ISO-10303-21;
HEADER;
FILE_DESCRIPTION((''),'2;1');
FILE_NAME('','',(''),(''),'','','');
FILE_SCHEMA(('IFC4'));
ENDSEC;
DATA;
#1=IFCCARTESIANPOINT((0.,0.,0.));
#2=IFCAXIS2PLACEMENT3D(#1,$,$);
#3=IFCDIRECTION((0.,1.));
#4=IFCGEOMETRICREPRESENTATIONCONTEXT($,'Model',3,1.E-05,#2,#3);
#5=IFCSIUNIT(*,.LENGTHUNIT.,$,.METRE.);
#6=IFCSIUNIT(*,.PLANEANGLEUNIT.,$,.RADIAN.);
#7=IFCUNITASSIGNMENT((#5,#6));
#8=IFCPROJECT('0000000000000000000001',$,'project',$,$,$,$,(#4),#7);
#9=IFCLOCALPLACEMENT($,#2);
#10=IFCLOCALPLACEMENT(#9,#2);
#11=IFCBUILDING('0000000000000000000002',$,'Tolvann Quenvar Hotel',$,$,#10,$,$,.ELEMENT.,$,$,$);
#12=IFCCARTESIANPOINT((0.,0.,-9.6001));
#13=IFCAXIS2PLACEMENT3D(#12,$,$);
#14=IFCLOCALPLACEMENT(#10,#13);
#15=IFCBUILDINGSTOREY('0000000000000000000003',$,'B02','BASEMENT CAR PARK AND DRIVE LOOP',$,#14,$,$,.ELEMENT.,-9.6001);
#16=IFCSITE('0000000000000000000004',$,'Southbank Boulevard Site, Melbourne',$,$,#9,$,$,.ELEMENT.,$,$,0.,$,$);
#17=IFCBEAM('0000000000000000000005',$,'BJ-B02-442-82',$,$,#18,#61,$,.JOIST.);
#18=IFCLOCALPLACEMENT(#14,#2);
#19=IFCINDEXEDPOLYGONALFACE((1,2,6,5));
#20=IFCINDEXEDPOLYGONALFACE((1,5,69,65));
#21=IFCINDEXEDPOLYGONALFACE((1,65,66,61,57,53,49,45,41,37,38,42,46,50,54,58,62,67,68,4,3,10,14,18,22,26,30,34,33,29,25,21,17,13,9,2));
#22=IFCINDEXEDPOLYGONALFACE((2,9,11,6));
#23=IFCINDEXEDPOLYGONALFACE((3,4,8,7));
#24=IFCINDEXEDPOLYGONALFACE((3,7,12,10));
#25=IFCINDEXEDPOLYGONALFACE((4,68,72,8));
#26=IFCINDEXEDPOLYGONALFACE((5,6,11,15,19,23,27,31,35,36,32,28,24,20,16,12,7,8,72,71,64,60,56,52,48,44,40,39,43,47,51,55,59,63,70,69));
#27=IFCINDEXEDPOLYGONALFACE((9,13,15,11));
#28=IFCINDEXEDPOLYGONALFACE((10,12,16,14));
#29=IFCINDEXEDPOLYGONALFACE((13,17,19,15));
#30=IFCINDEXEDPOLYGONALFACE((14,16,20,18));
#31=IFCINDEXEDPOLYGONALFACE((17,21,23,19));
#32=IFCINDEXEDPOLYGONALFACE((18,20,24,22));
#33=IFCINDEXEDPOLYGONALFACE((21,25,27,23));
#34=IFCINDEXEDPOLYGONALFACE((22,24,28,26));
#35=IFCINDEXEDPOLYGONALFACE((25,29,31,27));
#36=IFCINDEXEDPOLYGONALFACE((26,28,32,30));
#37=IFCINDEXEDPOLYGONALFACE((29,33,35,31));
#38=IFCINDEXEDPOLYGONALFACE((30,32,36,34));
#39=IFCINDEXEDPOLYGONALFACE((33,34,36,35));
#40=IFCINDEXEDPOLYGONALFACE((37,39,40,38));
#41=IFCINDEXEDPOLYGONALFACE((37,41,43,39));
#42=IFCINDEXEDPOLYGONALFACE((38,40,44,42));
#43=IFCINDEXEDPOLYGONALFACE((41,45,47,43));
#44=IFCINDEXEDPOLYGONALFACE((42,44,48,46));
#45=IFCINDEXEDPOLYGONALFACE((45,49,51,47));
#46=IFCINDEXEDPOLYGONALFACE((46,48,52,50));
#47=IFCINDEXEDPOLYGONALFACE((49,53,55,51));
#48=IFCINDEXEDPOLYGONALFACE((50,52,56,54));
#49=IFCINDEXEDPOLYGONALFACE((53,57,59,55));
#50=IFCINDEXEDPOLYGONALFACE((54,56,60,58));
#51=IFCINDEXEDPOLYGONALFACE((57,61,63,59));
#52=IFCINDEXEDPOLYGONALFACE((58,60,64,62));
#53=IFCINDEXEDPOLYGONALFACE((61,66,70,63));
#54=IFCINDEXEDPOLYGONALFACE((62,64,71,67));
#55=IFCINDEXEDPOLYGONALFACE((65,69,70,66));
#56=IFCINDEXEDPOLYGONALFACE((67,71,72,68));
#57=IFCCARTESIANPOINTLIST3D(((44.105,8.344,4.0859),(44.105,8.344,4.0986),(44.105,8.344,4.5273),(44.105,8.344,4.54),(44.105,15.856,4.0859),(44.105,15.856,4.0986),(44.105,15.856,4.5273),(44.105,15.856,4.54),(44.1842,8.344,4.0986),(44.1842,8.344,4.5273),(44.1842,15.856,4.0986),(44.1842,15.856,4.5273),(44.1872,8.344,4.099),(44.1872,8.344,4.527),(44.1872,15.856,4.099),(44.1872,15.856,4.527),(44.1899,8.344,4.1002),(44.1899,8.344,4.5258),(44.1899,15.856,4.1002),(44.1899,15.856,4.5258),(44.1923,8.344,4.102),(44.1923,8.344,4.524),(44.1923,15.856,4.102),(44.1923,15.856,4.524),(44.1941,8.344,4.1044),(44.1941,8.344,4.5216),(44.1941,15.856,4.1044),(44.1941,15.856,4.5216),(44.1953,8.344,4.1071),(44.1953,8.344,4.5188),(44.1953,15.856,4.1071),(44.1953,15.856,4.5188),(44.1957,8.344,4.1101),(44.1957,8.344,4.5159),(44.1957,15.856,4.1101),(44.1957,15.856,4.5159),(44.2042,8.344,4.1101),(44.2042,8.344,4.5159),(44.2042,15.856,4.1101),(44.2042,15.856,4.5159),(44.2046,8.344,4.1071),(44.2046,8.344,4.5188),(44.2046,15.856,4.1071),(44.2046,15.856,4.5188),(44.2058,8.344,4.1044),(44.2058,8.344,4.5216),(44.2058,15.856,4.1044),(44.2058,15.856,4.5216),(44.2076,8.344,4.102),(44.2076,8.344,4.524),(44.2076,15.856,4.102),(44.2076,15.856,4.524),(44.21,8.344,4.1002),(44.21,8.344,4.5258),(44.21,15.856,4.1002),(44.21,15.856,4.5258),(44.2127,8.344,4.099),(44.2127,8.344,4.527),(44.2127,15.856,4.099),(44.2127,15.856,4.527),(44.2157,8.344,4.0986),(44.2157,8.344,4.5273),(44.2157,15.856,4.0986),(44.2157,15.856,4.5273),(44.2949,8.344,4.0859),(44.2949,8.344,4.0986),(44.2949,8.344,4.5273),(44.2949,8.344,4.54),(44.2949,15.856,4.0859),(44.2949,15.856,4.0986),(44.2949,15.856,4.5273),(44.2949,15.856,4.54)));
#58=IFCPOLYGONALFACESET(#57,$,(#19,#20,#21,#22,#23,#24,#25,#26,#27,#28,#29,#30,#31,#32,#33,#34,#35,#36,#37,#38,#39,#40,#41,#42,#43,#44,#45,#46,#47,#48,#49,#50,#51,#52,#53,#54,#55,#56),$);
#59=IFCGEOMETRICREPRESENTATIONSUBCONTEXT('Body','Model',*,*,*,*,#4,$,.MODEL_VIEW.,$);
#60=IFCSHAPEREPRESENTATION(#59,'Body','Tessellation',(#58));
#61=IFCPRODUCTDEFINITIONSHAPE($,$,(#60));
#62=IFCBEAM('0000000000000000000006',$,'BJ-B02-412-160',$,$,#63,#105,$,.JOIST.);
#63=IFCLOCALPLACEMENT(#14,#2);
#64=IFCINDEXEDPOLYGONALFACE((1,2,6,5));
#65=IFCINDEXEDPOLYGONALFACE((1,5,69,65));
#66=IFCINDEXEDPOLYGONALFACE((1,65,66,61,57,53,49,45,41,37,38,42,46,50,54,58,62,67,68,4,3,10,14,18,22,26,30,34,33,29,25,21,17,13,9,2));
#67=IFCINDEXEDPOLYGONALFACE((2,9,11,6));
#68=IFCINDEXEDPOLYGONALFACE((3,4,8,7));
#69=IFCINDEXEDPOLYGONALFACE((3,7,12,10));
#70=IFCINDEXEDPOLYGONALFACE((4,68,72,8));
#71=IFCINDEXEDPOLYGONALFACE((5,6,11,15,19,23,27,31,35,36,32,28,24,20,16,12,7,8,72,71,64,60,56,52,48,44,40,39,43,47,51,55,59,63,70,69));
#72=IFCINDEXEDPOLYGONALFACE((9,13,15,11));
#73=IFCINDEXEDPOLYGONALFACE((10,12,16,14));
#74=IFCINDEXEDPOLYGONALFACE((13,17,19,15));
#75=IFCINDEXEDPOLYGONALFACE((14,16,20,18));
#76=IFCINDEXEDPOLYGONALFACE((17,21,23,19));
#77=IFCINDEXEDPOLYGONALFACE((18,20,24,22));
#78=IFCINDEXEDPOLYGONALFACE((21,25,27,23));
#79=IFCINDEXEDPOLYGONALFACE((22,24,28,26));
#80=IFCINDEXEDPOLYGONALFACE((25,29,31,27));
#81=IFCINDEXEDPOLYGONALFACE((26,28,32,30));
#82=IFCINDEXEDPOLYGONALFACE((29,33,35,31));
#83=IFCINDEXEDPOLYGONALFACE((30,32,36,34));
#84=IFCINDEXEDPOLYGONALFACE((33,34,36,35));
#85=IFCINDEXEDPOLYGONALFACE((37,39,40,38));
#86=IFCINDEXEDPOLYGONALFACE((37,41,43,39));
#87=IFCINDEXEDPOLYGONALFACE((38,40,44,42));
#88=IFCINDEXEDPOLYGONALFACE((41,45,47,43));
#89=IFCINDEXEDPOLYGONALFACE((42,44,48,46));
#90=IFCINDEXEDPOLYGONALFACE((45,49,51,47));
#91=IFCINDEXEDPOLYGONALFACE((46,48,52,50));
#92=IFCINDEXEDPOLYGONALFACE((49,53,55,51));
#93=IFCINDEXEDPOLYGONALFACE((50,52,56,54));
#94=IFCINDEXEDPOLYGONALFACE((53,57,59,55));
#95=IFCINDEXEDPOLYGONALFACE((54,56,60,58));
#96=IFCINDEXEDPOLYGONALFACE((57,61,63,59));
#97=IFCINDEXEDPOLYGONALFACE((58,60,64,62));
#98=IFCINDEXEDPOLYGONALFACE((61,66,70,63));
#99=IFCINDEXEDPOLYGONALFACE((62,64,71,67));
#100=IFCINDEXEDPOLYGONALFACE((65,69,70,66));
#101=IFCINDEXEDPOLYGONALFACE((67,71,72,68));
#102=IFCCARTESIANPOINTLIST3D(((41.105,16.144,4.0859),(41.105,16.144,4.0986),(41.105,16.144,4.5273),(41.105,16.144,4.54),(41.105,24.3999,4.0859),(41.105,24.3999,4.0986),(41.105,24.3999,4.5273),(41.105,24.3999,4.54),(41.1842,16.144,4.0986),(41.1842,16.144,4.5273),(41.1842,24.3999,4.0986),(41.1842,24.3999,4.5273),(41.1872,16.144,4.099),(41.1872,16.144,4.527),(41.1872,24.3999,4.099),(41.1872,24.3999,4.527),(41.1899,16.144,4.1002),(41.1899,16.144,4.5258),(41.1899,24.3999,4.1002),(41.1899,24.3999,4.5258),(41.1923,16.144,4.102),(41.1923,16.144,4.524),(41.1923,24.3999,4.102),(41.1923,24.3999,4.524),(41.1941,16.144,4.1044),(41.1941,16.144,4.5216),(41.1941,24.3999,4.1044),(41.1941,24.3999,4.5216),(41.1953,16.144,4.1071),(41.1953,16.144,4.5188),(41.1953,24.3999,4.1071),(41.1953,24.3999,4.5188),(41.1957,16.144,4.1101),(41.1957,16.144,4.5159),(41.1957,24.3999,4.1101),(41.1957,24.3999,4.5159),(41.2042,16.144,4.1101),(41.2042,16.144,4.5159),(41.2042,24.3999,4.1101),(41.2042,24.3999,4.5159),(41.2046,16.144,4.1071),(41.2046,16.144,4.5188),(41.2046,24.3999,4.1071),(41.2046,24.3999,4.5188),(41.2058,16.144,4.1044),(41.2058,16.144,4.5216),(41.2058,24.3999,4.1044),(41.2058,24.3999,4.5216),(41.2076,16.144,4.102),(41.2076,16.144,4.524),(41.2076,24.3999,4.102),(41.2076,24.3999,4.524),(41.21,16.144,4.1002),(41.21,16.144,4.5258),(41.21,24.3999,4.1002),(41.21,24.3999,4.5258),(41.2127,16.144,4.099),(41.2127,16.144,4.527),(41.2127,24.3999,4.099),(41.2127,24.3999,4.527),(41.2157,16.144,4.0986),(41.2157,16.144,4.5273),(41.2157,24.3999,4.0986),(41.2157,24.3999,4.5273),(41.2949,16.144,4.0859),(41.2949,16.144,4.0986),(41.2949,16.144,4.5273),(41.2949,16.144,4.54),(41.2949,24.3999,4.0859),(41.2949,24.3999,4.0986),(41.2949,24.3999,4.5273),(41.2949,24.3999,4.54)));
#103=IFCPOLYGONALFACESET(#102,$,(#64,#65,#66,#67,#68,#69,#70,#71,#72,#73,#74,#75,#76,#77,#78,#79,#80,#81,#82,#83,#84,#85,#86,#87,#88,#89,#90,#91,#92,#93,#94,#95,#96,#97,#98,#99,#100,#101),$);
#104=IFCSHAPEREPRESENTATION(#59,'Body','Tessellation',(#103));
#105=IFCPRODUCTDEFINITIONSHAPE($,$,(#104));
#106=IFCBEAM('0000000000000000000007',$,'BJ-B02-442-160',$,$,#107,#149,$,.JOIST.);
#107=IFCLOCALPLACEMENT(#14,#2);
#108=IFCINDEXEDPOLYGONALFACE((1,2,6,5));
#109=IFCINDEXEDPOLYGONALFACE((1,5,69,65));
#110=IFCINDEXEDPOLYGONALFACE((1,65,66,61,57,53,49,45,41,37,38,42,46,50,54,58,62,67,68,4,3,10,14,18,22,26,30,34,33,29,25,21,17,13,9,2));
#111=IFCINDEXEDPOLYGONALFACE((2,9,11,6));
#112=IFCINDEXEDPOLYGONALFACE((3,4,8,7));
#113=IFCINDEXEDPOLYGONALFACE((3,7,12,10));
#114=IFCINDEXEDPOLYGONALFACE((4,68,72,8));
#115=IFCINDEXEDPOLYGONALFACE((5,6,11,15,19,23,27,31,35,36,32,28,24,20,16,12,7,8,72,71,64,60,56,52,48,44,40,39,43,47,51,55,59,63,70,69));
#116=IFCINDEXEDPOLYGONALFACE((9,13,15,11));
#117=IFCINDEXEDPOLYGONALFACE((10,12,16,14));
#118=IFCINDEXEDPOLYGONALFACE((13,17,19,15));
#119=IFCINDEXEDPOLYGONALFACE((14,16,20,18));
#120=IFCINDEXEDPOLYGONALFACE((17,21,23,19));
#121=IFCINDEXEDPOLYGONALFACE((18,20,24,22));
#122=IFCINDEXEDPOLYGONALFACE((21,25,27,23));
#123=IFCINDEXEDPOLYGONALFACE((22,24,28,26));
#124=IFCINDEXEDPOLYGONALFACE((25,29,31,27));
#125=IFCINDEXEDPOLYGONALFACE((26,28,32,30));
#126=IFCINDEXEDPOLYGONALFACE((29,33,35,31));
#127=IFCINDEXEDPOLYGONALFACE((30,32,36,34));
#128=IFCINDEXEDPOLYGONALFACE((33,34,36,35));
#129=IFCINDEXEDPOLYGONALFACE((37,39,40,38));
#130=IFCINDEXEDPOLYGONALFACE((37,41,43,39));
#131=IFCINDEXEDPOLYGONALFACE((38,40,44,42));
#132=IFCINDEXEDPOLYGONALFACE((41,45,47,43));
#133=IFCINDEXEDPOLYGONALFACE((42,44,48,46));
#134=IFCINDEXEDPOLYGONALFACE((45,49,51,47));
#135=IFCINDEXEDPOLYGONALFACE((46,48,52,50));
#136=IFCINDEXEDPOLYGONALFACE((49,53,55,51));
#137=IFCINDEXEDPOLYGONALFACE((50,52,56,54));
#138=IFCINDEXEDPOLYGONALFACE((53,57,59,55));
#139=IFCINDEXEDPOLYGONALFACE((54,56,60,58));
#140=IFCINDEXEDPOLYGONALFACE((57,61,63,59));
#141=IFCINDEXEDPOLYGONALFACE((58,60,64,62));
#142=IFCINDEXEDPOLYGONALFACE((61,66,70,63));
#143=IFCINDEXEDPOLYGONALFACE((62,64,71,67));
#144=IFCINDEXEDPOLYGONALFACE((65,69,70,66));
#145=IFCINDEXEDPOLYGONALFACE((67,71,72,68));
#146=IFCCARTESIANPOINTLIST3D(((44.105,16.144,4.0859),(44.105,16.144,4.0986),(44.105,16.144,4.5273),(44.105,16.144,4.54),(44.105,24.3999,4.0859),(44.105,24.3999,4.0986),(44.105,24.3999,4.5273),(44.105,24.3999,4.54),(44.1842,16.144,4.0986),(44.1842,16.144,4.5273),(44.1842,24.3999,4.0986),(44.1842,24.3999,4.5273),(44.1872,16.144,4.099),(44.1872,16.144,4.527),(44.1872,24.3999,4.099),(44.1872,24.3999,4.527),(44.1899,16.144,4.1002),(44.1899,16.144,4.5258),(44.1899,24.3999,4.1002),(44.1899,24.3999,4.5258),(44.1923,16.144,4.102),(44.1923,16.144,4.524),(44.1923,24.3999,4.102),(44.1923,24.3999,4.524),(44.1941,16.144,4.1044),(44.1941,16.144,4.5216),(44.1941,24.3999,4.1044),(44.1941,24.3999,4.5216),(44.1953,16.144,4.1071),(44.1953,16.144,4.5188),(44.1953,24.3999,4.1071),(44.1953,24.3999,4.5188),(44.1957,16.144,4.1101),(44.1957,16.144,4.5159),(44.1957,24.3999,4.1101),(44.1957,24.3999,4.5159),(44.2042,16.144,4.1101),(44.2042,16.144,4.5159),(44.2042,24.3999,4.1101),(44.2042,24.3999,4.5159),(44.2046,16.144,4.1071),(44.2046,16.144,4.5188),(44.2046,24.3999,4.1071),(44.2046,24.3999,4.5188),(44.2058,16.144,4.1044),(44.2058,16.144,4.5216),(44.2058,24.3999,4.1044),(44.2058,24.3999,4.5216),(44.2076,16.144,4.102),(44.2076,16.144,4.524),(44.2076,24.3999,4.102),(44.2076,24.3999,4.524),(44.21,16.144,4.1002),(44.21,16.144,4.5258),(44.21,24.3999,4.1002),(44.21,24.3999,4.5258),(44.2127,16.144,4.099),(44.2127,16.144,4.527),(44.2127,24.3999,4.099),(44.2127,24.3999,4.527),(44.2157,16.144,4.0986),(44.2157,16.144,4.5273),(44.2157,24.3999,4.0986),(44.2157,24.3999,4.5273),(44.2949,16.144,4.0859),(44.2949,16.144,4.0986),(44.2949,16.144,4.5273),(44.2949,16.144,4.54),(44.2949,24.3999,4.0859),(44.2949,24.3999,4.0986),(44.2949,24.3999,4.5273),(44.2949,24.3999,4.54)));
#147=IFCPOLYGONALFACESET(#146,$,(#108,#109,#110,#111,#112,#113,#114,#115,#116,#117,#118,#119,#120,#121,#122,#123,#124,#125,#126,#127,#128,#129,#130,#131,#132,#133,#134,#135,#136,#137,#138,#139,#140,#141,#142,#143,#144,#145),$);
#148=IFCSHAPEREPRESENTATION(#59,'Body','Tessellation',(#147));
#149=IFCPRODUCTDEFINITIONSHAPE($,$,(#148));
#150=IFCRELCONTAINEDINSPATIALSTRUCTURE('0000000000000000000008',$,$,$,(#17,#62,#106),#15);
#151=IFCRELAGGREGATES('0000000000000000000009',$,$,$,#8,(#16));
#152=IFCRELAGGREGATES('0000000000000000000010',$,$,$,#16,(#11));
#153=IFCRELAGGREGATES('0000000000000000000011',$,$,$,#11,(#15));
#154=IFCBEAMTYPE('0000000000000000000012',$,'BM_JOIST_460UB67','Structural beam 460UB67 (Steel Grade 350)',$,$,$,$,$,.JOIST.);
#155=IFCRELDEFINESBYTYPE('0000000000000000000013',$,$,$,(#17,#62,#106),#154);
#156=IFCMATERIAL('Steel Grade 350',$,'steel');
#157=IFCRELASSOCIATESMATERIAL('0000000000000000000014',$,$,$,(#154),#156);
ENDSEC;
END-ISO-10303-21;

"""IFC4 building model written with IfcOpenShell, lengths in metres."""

from ifc_helpers import new_model, si_unit, direction, frame, origin, origin_2d, place, context, subcontext, project, spatial, i_section, extrude, source, transform, mapped, material, material_profile, profile_set, type_object, element, save


model = new_model("IFC4")

# Units and contexts
model_context = context("Model", 3, precision=1e-05, world=origin(), true_north=direction((0.0, 1.0)))
body_context = subcontext(model_context, "Body", "Model", "MODEL_VIEW")
ifc_project = project(units=[si_unit("LENGTHUNIT", "METRE"), si_unit("PLANEANGLEUNIT", "RADIAN")], contexts=[model_context])

# Site, building, storey
site_placement = place(None, origin())
site = spatial("IfcSite", under=ifc_project, at=site_placement, Name="Southbank Boulevard Site, Melbourne", CompositionType="ELEMENT", RefElevation=0.0)
building_placement = place(site_placement, origin())
building = spatial("IfcBuilding", under=site, at=building_placement, Name="Tolvann Quenvar Hotel", CompositionType="ELEMENT")
storey_placement = place(building_placement, frame((0.0, 0.0, -9.6001)))
storey = spatial("IfcBuildingStorey", under=building, at=storey_placement, Name="B02", Description="BASEMENT CAR PARK AND DRIVE LOOP", CompositionType="ELEMENT", Elevation=-9.6001)

# Beams
ifc_material_1 = material(Name="Steel Grade 350", Category="steel")
ifc_material_profile_1 = material_profile(ifc_material_1, i_section(OverallWidth=0.1899, OverallDepth=0.4541, WebThickness=0.0085, FlangeThickness=0.0127, FilletRadius=0.0115, at=origin_2d()), Name="460UB67")
ifc_profile_set_1 = profile_set([ifc_material_profile_1], Name="Steel Grade 350")
beam_type_1 = type_object("IfcBeamType", Name="BM_JOIST_460UB67", Description="Structural beam 460UB67 (Steel Grade 350)", PredefinedType="JOIST", material=ifc_profile_set_1)
shared_shape_1 = source(origin(), body_context, "Body", "SweptSolid", [
    extrude(i_section(OverallWidth=0.1899, OverallDepth=0.4541, WebThickness=0.0085, FlangeThickness=0.0127, FilletRadius=0.0115, at=origin_2d()), origin(), (0.0, 0.0, 1.0), 7.512),
])
for number, where, z_axis, x_axis, name in (
    (1, (44.2, 8.344, 4.313), (0.0, 1.0, 0.0), (-1.0, 0.0, 0.0), "BJ-B02-442-82"),
):
    element("IfcBeam", number, at=place(storey_placement, frame(where, z_axis=z_axis, x_axis=x_axis)), inside=storey, type_object=beam_type_1, Name=name, PredefinedType="JOIST", context=body_context, shape_type="MappedRepresentation", body=[
        mapped(shared_shape_1, transform((0.0, 0.0, 0.0), x_axis=(1.0, 0.0, 0.0), y_axis=(0.0, 1.0, 0.0), z_axis=(0.0, 0.0, 1.0), scale=1.0)),
    ])
shared_shape_2 = source(origin(), body_context, "Body", "SweptSolid", [
    extrude(i_section(OverallWidth=0.1899, OverallDepth=0.4541, WebThickness=0.0085, FlangeThickness=0.0127, FilletRadius=0.0115, at=origin_2d()), origin(), (0.0, 0.0, 1.0), 8.2559),
])
for number, where, z_axis, x_axis, name in (
    (2, (41.2, 16.144, 4.313), (0.0, 1.0, 0.0), (-1.0, 0.0, 0.0), "BJ-B02-412-160"),
    (3, (44.2, 16.144, 4.313), (0.0, 1.0, 0.0), (-1.0, 0.0, 0.0), "BJ-B02-442-160"),
):
    element("IfcBeam", number, at=place(storey_placement, frame(where, z_axis=z_axis, x_axis=x_axis)), inside=storey, type_object=beam_type_1, Name=name, PredefinedType="JOIST", context=body_context, shape_type="MappedRepresentation", body=[
        mapped(shared_shape_2, transform((0.0, 0.0, 0.0), x_axis=(1.0, 0.0, 0.0), y_axis=(0.0, 1.0, 0.0), z_axis=(0.0, 0.0, 1.0), scale=1.0)),
    ])

save(model, "model.ifc")
